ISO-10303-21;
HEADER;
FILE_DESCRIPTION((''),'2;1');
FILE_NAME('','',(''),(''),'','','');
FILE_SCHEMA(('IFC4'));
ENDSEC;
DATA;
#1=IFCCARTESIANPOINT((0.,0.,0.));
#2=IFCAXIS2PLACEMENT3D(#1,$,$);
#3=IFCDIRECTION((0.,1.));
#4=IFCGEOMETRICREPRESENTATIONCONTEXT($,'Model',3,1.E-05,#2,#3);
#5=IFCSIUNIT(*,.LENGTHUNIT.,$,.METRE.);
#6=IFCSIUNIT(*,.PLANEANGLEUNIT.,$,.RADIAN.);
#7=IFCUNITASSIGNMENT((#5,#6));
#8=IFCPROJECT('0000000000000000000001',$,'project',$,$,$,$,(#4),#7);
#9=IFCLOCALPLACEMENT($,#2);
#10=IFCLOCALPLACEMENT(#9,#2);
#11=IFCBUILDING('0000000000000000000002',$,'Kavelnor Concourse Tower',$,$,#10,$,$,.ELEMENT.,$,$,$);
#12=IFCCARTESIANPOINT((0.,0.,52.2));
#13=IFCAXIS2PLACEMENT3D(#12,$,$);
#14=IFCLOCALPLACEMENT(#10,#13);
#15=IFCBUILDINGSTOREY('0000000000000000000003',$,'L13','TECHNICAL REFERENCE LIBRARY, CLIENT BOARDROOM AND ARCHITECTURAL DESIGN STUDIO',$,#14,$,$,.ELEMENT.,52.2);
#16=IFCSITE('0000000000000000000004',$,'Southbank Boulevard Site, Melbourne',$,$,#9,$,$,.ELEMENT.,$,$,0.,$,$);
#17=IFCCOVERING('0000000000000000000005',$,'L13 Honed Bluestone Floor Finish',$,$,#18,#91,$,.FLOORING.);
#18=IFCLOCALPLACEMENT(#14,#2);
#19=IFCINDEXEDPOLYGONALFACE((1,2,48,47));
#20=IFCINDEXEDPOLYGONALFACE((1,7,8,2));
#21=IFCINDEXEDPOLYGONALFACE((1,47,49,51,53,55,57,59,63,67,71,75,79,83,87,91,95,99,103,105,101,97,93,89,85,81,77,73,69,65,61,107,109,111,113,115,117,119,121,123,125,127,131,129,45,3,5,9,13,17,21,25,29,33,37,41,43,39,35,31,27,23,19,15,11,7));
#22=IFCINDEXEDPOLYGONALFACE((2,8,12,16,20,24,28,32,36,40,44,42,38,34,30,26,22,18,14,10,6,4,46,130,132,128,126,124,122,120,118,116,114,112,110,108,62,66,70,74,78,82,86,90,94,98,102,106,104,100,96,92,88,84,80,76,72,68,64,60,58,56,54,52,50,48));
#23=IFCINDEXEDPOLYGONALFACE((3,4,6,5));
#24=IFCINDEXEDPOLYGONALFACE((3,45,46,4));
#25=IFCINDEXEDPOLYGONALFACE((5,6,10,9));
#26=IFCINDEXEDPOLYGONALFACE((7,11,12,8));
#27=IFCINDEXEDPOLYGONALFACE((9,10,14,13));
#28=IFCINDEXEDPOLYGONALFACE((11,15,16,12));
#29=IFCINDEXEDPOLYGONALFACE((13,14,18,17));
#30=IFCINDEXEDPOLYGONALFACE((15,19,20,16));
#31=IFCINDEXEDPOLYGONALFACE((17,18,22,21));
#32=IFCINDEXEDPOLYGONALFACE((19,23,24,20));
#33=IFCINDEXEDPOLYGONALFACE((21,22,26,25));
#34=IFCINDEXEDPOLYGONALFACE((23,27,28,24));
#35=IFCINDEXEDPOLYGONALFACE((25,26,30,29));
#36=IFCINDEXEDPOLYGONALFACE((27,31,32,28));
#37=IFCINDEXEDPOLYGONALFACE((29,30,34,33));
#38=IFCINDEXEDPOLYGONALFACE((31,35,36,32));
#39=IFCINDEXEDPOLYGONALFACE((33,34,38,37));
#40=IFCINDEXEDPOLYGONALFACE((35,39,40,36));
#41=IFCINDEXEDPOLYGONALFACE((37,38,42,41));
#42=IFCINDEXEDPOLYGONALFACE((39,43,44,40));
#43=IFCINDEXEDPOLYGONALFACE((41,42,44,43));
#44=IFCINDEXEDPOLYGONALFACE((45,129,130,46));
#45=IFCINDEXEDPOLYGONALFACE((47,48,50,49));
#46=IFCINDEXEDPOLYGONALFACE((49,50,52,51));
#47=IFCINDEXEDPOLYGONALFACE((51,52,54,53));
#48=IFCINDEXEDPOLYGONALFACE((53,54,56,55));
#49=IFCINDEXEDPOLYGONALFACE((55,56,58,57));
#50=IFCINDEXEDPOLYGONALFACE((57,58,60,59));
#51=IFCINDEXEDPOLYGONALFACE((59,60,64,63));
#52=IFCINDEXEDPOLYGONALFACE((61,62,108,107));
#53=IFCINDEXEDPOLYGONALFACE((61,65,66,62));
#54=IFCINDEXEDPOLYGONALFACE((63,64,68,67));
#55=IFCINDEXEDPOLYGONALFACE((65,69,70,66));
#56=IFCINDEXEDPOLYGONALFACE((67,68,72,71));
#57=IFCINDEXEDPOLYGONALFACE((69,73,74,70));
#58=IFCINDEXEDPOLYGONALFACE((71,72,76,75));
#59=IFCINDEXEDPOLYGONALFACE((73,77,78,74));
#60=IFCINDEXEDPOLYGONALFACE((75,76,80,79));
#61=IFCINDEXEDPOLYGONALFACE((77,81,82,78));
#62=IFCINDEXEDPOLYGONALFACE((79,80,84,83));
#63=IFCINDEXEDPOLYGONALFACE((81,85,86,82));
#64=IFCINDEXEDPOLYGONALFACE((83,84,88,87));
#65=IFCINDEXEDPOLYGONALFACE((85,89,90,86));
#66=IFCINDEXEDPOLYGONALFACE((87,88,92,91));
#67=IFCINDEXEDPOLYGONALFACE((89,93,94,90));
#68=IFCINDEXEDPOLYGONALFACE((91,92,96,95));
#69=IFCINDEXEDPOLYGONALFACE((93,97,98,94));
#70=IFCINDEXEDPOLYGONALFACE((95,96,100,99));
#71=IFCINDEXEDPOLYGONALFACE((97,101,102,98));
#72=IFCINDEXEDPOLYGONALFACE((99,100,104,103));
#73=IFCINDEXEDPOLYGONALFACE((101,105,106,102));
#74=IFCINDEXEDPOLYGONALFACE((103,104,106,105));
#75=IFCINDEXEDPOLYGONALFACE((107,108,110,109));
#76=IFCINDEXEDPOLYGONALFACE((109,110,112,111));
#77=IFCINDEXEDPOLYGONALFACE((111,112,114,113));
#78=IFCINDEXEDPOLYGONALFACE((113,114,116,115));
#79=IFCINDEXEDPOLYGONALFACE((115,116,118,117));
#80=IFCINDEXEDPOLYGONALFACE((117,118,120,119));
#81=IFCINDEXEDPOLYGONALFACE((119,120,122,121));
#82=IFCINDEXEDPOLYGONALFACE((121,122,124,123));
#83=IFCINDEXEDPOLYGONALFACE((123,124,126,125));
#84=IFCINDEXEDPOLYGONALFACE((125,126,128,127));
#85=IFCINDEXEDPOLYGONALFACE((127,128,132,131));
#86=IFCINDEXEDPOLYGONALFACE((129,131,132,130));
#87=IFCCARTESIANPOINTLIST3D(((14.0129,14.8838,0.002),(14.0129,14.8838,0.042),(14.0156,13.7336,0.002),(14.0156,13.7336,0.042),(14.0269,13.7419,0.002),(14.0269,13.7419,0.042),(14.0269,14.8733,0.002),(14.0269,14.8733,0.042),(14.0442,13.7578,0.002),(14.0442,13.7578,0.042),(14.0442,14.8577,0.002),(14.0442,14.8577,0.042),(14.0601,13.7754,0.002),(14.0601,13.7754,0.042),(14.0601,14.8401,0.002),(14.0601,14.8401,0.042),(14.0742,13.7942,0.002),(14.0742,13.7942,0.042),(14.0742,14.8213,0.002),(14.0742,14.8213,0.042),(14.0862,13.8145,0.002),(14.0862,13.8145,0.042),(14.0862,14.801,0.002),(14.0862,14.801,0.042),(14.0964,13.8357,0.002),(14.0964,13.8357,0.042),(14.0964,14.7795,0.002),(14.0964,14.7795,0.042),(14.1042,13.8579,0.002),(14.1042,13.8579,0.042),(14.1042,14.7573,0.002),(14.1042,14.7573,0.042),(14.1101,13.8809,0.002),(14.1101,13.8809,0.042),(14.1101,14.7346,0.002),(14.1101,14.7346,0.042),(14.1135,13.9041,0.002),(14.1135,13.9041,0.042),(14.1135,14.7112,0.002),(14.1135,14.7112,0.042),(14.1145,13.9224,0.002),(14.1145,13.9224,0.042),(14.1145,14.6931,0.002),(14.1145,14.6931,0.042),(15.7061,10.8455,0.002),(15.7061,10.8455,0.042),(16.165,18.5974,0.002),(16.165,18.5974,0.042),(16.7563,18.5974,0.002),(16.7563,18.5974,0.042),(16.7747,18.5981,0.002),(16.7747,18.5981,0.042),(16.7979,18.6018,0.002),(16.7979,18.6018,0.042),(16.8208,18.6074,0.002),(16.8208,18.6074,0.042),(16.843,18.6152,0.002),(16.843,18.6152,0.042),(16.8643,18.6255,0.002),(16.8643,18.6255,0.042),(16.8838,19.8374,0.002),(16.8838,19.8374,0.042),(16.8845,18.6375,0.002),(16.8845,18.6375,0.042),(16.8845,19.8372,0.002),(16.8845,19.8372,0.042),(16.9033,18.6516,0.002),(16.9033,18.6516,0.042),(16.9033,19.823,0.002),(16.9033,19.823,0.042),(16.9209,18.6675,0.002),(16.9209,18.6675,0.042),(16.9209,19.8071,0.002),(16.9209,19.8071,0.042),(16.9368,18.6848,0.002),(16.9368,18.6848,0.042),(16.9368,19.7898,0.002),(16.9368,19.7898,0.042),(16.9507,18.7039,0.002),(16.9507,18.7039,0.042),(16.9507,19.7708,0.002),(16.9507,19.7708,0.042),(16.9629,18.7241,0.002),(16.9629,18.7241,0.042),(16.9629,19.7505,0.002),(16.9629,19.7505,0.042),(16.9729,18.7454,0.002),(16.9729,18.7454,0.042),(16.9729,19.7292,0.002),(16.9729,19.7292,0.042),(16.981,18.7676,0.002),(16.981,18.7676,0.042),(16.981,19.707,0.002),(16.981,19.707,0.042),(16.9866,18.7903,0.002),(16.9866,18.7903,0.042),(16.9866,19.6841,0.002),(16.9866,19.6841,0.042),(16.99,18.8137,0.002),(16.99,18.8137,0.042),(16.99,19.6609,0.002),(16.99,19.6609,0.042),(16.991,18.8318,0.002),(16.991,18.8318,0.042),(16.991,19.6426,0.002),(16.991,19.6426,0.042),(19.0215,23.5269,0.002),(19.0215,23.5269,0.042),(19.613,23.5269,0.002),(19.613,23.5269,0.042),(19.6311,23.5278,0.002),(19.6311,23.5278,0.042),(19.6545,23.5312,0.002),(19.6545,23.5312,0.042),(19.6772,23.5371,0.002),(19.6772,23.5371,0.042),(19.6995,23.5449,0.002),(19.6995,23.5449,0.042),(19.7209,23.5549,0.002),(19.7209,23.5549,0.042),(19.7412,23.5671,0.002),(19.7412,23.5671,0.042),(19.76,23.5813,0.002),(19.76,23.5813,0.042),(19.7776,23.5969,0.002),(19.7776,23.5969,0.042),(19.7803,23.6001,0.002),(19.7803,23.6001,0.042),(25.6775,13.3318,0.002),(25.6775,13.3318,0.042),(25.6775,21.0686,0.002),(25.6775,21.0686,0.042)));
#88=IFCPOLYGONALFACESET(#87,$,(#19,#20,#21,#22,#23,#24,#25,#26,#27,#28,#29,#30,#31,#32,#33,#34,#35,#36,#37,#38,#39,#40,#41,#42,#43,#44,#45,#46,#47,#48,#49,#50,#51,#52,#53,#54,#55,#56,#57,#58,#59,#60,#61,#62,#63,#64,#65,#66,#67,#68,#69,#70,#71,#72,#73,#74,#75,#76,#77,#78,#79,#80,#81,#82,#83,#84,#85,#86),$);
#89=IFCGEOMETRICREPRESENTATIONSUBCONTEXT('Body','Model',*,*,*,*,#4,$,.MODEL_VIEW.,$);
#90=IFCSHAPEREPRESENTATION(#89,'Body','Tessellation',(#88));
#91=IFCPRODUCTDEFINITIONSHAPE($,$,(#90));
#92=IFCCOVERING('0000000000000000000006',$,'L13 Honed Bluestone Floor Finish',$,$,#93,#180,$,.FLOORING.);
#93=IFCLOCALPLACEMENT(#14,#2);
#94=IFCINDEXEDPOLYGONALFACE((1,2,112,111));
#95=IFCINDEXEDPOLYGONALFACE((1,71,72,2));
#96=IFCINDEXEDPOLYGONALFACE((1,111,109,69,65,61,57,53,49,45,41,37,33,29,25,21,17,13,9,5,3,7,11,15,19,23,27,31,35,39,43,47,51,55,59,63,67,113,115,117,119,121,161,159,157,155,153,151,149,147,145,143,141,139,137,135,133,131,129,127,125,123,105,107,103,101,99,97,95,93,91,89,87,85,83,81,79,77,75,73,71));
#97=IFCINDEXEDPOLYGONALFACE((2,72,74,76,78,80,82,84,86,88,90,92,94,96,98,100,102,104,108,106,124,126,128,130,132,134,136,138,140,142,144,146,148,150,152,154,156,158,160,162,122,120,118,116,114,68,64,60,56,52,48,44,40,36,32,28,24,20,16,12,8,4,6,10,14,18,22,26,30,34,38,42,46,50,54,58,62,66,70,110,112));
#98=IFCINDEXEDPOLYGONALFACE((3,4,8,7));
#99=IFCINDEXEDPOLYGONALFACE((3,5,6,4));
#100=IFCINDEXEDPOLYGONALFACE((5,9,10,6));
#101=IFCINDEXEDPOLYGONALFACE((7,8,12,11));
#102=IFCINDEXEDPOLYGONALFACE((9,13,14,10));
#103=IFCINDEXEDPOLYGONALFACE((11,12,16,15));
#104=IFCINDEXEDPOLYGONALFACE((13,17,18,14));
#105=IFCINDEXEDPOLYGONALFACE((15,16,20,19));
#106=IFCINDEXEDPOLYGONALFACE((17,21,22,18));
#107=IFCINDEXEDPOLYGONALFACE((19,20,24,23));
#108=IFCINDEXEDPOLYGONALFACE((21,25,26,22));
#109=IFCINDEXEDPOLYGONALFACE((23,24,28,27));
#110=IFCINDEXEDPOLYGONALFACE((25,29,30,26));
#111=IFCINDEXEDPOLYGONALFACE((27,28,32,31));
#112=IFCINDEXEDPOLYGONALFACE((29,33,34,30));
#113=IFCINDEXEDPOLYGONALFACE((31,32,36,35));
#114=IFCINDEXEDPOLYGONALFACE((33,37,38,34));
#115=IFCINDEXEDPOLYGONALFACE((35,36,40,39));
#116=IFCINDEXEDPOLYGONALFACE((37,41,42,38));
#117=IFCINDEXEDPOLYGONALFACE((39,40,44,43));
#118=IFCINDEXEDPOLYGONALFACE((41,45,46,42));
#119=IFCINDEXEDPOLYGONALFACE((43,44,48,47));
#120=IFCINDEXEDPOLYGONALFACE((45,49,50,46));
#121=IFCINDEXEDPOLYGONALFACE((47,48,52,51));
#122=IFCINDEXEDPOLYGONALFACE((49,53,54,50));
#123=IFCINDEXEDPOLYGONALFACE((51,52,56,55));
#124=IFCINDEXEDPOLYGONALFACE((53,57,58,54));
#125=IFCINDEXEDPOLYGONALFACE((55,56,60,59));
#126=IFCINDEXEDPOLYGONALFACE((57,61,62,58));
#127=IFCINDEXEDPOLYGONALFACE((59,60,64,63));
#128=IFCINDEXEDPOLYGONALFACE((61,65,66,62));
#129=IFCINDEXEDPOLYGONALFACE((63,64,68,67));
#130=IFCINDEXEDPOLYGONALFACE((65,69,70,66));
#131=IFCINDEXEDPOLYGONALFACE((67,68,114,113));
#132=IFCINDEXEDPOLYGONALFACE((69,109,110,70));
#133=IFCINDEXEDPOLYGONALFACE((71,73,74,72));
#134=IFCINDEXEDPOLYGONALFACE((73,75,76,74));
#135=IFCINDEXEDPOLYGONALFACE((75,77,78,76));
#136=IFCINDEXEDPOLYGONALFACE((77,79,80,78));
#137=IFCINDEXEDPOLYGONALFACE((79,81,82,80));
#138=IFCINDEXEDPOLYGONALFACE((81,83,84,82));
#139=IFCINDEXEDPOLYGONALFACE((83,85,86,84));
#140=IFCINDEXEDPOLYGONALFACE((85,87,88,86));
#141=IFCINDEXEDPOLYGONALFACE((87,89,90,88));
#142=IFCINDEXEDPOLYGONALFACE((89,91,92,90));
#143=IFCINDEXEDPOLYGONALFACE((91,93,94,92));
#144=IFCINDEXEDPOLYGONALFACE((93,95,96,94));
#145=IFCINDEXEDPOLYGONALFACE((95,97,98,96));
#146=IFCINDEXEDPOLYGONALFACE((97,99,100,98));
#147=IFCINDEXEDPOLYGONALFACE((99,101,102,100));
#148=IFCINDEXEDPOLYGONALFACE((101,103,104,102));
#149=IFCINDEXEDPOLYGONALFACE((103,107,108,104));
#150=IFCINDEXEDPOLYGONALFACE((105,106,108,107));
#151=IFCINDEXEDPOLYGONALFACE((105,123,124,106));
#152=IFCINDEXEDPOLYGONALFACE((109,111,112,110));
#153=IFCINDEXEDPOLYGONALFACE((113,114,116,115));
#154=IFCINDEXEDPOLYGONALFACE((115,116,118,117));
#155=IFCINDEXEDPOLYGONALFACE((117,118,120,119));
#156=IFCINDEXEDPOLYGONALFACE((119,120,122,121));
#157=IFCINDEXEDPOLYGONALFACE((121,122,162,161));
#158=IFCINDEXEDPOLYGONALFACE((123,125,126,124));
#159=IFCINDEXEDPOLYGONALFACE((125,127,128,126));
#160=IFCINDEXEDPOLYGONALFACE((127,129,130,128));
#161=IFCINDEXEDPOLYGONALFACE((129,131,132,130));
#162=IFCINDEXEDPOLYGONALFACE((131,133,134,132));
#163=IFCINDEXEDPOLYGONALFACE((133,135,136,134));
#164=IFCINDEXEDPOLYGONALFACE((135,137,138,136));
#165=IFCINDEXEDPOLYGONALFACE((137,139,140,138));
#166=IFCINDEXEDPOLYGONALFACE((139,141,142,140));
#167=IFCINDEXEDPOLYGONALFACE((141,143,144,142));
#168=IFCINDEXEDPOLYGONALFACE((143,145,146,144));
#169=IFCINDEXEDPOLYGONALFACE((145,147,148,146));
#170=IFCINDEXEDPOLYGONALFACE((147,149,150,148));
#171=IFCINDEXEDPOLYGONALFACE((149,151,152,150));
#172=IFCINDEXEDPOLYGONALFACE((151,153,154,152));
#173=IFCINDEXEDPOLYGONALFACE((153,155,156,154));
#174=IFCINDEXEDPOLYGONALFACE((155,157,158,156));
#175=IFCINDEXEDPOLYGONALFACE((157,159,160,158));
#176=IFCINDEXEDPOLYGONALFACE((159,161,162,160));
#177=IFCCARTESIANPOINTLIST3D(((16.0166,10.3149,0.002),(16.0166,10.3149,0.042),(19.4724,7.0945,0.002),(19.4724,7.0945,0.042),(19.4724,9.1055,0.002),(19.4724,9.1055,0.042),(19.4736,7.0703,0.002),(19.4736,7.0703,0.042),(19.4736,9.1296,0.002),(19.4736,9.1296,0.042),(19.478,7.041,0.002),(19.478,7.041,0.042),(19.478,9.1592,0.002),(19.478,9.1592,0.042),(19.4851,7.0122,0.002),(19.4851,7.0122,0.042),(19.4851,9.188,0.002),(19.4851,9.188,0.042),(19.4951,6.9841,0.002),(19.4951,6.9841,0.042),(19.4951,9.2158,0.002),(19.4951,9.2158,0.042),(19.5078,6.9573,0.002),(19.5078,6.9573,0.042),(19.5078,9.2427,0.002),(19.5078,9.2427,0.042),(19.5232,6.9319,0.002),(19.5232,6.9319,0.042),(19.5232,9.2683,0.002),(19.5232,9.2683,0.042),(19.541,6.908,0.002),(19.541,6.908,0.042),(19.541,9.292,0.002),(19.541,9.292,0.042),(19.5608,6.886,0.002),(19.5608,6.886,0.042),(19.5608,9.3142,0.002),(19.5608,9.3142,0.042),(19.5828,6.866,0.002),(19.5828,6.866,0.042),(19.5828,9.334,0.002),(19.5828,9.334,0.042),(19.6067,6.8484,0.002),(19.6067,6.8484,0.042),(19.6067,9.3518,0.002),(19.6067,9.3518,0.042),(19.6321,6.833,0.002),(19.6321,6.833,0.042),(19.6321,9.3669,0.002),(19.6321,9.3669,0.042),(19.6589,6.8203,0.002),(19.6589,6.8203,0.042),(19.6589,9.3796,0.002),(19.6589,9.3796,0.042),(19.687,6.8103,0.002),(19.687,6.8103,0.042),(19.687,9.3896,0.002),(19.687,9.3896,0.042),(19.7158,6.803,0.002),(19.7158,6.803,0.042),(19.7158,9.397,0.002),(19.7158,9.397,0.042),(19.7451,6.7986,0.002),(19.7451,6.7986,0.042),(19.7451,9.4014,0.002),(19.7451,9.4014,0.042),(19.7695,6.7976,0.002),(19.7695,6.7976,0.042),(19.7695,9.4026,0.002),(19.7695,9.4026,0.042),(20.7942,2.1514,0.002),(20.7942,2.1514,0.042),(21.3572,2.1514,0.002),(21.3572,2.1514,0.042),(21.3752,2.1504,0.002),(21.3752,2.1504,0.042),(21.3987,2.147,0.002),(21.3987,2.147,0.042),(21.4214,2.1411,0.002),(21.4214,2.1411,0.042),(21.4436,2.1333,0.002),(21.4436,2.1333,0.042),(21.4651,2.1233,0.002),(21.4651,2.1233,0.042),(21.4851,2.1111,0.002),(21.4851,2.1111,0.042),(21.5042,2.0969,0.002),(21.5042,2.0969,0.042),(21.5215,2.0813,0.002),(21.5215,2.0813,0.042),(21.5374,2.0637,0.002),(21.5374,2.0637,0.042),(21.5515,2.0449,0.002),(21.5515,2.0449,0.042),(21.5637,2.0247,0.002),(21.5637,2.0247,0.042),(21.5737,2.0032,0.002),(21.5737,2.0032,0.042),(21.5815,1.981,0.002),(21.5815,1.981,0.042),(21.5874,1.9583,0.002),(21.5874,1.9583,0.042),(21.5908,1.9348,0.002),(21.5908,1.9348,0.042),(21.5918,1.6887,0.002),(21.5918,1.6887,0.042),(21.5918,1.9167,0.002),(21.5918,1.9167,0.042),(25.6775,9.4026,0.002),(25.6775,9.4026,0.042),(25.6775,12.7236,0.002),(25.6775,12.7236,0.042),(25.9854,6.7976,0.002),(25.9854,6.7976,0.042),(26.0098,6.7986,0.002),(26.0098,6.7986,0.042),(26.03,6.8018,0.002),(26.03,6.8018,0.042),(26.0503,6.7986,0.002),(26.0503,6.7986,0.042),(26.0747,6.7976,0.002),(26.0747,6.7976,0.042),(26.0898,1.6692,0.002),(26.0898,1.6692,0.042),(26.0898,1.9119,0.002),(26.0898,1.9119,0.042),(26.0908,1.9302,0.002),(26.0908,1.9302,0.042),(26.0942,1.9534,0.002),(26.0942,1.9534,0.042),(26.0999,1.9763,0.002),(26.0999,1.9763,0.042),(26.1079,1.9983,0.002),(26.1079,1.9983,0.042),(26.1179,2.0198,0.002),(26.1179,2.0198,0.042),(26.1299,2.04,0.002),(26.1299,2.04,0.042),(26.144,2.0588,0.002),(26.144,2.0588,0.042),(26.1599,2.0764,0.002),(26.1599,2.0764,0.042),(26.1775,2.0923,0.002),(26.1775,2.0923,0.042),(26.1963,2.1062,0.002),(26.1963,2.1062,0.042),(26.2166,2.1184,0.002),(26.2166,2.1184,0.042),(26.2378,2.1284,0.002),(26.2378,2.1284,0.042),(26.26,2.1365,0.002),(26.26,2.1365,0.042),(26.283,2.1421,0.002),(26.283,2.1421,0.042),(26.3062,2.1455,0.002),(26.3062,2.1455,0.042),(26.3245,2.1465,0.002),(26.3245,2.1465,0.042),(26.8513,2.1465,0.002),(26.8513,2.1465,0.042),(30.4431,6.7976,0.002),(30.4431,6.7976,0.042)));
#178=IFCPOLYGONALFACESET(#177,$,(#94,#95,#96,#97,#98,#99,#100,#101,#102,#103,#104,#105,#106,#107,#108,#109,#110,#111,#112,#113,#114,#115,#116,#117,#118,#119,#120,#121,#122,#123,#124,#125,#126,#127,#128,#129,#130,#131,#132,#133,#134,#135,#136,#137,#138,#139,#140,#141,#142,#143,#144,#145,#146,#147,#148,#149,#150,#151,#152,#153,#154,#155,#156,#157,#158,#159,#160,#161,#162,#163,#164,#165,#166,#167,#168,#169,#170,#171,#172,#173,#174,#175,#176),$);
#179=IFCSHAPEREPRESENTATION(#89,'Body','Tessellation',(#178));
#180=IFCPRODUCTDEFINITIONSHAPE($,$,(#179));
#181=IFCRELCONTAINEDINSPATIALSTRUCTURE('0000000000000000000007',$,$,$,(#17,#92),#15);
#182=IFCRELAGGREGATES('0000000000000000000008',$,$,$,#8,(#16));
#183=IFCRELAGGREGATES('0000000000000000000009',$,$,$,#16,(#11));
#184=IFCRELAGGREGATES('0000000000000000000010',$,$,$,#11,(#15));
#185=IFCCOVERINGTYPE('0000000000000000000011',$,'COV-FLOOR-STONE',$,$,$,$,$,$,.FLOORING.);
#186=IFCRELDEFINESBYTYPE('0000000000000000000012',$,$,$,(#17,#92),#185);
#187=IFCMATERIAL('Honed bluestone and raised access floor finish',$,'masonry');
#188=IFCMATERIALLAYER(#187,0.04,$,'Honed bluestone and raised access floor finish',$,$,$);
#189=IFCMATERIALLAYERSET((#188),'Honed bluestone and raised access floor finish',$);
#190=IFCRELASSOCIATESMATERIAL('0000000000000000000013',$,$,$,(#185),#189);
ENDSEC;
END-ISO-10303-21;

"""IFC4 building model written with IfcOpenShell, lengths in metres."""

from ifc_helpers import new_model, si_unit, direction, frame, origin, place, context, subcontext, project, spatial, polyline, outline, extrude, material, layer, layer_set, type_object, element, save


model = new_model("IFC4")

# Units and contexts
model_context = context("Model", 3, precision=1e-05, world=origin(), true_north=direction((0.0, 1.0)))
body_context = subcontext(model_context, "Body", "Model", "MODEL_VIEW")
ifc_project = project(units=[si_unit("LENGTHUNIT", "METRE"), si_unit("PLANEANGLEUNIT", "RADIAN")], contexts=[model_context])

# Site, building, storey
site_placement = place(None, origin())
site = spatial("IfcSite", under=ifc_project, at=site_placement, Name="Southbank Boulevard Site, Melbourne", CompositionType="ELEMENT", RefElevation=0.0)
building_placement = place(site_placement, origin())
building = spatial("IfcBuilding", under=site, at=building_placement, Name="Kavelnor Concourse Tower", CompositionType="ELEMENT")
storey_placement = place(building_placement, frame((0.0, 0.0, 52.2)))
storey = spatial("IfcBuildingStorey", under=building, at=storey_placement, Name="L13", Description="TECHNICAL REFERENCE LIBRARY, CLIENT BOARDROOM AND ARCHITECTURAL DESIGN STUDIO", CompositionType="ELEMENT", Elevation=52.2)

# Coverings
ifc_material_1 = material(Name="Honed bluestone and raised access floor finish", Category="masonry")
ifc_layer_1 = layer(ifc_material_1, 0.04, Name="Honed bluestone and raised access floor finish")
ifc_layer_set_1 = layer_set([ifc_layer_1], Name="Honed bluestone and raised access floor finish")
covering_type_1 = type_object("IfcCoveringType", Name="COV-FLOOR-STONE", PredefinedType="FLOORING", material=ifc_layer_set_1)
covering_1_placement = place(storey_placement, frame((0.0, 0.0, 0.002)))
element("IfcCovering", 1, at=covering_1_placement, inside=storey, type_object=covering_type_1, Name="L13 Honed Bluestone Floor Finish", PredefinedType="FLOORING", context=body_context, shape_type="SweptSolid", body=[
    extrude(outline(polyline([(16.165, 18.5974), (16.7563, 18.5974), (16.7747, 18.5981), (16.7979, 18.6018), (16.8208, 18.6074), (16.843, 18.6152), (16.8643, 18.6255), (16.8845, 18.6375), (16.9033, 18.6516), (16.9209, 18.6675), (16.9368, 18.6848), (16.9507, 18.7039), (16.9629, 18.7241), (16.9729, 18.7454), (16.981, 18.7676), (16.9866, 18.7903), (16.99, 18.8137), (16.991, 18.8318), (16.991, 19.6426), (16.99, 19.6609), (16.9866, 19.6841), (16.981, 19.707), (16.9729, 19.7292), (16.9629, 19.7505), (16.9507, 19.7708), (16.9368, 19.7898), (16.9209, 19.8071), (16.9033, 19.823), (16.8845, 19.8372), (16.8838, 19.8374), (19.0215, 23.5269), (19.613, 23.5269), (19.6311, 23.5278), (19.6545, 23.5312), (19.6772, 23.5371), (19.6995, 23.5449), (19.7209, 23.5549), (19.7412, 23.5671), (19.76, 23.5813), (19.7776, 23.5969), (19.7803, 23.6001), (25.6775, 21.0686), (25.6775, 13.3318), (15.7061, 10.8455), (14.0156, 13.7336), (14.0269, 13.7419), (14.0442, 13.7578), (14.0601, 13.7754), (14.0742, 13.7942), (14.0862, 13.8145), (14.0964, 13.8357), (14.1042, 13.8579), (14.1101, 13.8809), (14.1135, 13.9041), (14.1145, 13.9224), (14.1145, 14.6931), (14.1135, 14.7112), (14.1101, 14.7346), (14.1042, 14.7573), (14.0964, 14.7795), (14.0862, 14.801), (14.0742, 14.8213), (14.0601, 14.8401), (14.0442, 14.8577), (14.0269, 14.8733), (14.0129, 14.8838), (16.165, 18.5974)])), origin(), (0.0, 0.0, 1.0), 0.04),
])
covering_2_placement = place(storey_placement, frame((0.0, 0.0, 0.002)))
element("IfcCovering", 2, at=covering_2_placement, inside=storey, type_object=covering_type_1, Name="L13 Honed Bluestone Floor Finish", PredefinedType="FLOORING", context=body_context, shape_type="SweptSolid", body=[
    extrude(outline(polyline([(19.7695, 9.4026), (19.7451, 9.4014), (19.7158, 9.397), (19.687, 9.3896), (19.6589, 9.3796), (19.6321, 9.3669), (19.6067, 9.3518), (19.5828, 9.334), (19.5608, 9.3142), (19.541, 9.292), (19.5232, 9.2683), (19.5078, 9.2427), (19.4951, 9.2158), (19.4851, 9.188), (19.478, 9.1592), (19.4736, 9.1296), (19.4724, 9.1055), (19.4724, 7.0945), (19.4736, 7.0703), (19.478, 7.041), (19.4851, 7.0122), (19.4951, 6.9841), (19.5078, 6.9573), (19.5232, 6.9319), (19.541, 6.908), (19.5608, 6.886), (19.5828, 6.866), (19.6067, 6.8484), (19.6321, 6.833), (19.6589, 6.8203), (19.687, 6.8103), (19.7158, 6.803), (19.7451, 6.7986), (19.7695, 6.7976), (25.9854, 6.7976), (26.0098, 6.7986), (26.03, 6.8018), (26.0503, 6.7986), (26.0747, 6.7976), (30.4431, 6.7976), (26.8513, 2.1465), (26.3245, 2.1465), (26.3062, 2.1455), (26.283, 2.1421), (26.26, 2.1365), (26.2378, 2.1284), (26.2166, 2.1184), (26.1963, 2.1062), (26.1775, 2.0923), (26.1599, 2.0764), (26.144, 2.0588), (26.1299, 2.04), (26.1179, 2.0198), (26.1079, 1.9983), (26.0999, 1.9763), (26.0942, 1.9534), (26.0908, 1.9302), (26.0898, 1.9119), (26.0898, 1.6692), (21.5918, 1.6887), (21.5918, 1.9167), (21.5908, 1.9348), (21.5874, 1.9583), (21.5815, 1.981), (21.5737, 2.0032), (21.5637, 2.0247), (21.5515, 2.0449), (21.5374, 2.0637), (21.5215, 2.0813), (21.5042, 2.0969), (21.4851, 2.1111), (21.4651, 2.1233), (21.4436, 2.1333), (21.4214, 2.1411), (21.3987, 2.147), (21.3752, 2.1504), (21.3572, 2.1514), (20.7942, 2.1514), (16.0166, 10.3149), (25.6775, 12.7236), (25.6775, 9.4026), (19.7695, 9.4026)])), origin(), (0.0, 0.0, 1.0), 0.04),
])

save(model, "model.ifc")
